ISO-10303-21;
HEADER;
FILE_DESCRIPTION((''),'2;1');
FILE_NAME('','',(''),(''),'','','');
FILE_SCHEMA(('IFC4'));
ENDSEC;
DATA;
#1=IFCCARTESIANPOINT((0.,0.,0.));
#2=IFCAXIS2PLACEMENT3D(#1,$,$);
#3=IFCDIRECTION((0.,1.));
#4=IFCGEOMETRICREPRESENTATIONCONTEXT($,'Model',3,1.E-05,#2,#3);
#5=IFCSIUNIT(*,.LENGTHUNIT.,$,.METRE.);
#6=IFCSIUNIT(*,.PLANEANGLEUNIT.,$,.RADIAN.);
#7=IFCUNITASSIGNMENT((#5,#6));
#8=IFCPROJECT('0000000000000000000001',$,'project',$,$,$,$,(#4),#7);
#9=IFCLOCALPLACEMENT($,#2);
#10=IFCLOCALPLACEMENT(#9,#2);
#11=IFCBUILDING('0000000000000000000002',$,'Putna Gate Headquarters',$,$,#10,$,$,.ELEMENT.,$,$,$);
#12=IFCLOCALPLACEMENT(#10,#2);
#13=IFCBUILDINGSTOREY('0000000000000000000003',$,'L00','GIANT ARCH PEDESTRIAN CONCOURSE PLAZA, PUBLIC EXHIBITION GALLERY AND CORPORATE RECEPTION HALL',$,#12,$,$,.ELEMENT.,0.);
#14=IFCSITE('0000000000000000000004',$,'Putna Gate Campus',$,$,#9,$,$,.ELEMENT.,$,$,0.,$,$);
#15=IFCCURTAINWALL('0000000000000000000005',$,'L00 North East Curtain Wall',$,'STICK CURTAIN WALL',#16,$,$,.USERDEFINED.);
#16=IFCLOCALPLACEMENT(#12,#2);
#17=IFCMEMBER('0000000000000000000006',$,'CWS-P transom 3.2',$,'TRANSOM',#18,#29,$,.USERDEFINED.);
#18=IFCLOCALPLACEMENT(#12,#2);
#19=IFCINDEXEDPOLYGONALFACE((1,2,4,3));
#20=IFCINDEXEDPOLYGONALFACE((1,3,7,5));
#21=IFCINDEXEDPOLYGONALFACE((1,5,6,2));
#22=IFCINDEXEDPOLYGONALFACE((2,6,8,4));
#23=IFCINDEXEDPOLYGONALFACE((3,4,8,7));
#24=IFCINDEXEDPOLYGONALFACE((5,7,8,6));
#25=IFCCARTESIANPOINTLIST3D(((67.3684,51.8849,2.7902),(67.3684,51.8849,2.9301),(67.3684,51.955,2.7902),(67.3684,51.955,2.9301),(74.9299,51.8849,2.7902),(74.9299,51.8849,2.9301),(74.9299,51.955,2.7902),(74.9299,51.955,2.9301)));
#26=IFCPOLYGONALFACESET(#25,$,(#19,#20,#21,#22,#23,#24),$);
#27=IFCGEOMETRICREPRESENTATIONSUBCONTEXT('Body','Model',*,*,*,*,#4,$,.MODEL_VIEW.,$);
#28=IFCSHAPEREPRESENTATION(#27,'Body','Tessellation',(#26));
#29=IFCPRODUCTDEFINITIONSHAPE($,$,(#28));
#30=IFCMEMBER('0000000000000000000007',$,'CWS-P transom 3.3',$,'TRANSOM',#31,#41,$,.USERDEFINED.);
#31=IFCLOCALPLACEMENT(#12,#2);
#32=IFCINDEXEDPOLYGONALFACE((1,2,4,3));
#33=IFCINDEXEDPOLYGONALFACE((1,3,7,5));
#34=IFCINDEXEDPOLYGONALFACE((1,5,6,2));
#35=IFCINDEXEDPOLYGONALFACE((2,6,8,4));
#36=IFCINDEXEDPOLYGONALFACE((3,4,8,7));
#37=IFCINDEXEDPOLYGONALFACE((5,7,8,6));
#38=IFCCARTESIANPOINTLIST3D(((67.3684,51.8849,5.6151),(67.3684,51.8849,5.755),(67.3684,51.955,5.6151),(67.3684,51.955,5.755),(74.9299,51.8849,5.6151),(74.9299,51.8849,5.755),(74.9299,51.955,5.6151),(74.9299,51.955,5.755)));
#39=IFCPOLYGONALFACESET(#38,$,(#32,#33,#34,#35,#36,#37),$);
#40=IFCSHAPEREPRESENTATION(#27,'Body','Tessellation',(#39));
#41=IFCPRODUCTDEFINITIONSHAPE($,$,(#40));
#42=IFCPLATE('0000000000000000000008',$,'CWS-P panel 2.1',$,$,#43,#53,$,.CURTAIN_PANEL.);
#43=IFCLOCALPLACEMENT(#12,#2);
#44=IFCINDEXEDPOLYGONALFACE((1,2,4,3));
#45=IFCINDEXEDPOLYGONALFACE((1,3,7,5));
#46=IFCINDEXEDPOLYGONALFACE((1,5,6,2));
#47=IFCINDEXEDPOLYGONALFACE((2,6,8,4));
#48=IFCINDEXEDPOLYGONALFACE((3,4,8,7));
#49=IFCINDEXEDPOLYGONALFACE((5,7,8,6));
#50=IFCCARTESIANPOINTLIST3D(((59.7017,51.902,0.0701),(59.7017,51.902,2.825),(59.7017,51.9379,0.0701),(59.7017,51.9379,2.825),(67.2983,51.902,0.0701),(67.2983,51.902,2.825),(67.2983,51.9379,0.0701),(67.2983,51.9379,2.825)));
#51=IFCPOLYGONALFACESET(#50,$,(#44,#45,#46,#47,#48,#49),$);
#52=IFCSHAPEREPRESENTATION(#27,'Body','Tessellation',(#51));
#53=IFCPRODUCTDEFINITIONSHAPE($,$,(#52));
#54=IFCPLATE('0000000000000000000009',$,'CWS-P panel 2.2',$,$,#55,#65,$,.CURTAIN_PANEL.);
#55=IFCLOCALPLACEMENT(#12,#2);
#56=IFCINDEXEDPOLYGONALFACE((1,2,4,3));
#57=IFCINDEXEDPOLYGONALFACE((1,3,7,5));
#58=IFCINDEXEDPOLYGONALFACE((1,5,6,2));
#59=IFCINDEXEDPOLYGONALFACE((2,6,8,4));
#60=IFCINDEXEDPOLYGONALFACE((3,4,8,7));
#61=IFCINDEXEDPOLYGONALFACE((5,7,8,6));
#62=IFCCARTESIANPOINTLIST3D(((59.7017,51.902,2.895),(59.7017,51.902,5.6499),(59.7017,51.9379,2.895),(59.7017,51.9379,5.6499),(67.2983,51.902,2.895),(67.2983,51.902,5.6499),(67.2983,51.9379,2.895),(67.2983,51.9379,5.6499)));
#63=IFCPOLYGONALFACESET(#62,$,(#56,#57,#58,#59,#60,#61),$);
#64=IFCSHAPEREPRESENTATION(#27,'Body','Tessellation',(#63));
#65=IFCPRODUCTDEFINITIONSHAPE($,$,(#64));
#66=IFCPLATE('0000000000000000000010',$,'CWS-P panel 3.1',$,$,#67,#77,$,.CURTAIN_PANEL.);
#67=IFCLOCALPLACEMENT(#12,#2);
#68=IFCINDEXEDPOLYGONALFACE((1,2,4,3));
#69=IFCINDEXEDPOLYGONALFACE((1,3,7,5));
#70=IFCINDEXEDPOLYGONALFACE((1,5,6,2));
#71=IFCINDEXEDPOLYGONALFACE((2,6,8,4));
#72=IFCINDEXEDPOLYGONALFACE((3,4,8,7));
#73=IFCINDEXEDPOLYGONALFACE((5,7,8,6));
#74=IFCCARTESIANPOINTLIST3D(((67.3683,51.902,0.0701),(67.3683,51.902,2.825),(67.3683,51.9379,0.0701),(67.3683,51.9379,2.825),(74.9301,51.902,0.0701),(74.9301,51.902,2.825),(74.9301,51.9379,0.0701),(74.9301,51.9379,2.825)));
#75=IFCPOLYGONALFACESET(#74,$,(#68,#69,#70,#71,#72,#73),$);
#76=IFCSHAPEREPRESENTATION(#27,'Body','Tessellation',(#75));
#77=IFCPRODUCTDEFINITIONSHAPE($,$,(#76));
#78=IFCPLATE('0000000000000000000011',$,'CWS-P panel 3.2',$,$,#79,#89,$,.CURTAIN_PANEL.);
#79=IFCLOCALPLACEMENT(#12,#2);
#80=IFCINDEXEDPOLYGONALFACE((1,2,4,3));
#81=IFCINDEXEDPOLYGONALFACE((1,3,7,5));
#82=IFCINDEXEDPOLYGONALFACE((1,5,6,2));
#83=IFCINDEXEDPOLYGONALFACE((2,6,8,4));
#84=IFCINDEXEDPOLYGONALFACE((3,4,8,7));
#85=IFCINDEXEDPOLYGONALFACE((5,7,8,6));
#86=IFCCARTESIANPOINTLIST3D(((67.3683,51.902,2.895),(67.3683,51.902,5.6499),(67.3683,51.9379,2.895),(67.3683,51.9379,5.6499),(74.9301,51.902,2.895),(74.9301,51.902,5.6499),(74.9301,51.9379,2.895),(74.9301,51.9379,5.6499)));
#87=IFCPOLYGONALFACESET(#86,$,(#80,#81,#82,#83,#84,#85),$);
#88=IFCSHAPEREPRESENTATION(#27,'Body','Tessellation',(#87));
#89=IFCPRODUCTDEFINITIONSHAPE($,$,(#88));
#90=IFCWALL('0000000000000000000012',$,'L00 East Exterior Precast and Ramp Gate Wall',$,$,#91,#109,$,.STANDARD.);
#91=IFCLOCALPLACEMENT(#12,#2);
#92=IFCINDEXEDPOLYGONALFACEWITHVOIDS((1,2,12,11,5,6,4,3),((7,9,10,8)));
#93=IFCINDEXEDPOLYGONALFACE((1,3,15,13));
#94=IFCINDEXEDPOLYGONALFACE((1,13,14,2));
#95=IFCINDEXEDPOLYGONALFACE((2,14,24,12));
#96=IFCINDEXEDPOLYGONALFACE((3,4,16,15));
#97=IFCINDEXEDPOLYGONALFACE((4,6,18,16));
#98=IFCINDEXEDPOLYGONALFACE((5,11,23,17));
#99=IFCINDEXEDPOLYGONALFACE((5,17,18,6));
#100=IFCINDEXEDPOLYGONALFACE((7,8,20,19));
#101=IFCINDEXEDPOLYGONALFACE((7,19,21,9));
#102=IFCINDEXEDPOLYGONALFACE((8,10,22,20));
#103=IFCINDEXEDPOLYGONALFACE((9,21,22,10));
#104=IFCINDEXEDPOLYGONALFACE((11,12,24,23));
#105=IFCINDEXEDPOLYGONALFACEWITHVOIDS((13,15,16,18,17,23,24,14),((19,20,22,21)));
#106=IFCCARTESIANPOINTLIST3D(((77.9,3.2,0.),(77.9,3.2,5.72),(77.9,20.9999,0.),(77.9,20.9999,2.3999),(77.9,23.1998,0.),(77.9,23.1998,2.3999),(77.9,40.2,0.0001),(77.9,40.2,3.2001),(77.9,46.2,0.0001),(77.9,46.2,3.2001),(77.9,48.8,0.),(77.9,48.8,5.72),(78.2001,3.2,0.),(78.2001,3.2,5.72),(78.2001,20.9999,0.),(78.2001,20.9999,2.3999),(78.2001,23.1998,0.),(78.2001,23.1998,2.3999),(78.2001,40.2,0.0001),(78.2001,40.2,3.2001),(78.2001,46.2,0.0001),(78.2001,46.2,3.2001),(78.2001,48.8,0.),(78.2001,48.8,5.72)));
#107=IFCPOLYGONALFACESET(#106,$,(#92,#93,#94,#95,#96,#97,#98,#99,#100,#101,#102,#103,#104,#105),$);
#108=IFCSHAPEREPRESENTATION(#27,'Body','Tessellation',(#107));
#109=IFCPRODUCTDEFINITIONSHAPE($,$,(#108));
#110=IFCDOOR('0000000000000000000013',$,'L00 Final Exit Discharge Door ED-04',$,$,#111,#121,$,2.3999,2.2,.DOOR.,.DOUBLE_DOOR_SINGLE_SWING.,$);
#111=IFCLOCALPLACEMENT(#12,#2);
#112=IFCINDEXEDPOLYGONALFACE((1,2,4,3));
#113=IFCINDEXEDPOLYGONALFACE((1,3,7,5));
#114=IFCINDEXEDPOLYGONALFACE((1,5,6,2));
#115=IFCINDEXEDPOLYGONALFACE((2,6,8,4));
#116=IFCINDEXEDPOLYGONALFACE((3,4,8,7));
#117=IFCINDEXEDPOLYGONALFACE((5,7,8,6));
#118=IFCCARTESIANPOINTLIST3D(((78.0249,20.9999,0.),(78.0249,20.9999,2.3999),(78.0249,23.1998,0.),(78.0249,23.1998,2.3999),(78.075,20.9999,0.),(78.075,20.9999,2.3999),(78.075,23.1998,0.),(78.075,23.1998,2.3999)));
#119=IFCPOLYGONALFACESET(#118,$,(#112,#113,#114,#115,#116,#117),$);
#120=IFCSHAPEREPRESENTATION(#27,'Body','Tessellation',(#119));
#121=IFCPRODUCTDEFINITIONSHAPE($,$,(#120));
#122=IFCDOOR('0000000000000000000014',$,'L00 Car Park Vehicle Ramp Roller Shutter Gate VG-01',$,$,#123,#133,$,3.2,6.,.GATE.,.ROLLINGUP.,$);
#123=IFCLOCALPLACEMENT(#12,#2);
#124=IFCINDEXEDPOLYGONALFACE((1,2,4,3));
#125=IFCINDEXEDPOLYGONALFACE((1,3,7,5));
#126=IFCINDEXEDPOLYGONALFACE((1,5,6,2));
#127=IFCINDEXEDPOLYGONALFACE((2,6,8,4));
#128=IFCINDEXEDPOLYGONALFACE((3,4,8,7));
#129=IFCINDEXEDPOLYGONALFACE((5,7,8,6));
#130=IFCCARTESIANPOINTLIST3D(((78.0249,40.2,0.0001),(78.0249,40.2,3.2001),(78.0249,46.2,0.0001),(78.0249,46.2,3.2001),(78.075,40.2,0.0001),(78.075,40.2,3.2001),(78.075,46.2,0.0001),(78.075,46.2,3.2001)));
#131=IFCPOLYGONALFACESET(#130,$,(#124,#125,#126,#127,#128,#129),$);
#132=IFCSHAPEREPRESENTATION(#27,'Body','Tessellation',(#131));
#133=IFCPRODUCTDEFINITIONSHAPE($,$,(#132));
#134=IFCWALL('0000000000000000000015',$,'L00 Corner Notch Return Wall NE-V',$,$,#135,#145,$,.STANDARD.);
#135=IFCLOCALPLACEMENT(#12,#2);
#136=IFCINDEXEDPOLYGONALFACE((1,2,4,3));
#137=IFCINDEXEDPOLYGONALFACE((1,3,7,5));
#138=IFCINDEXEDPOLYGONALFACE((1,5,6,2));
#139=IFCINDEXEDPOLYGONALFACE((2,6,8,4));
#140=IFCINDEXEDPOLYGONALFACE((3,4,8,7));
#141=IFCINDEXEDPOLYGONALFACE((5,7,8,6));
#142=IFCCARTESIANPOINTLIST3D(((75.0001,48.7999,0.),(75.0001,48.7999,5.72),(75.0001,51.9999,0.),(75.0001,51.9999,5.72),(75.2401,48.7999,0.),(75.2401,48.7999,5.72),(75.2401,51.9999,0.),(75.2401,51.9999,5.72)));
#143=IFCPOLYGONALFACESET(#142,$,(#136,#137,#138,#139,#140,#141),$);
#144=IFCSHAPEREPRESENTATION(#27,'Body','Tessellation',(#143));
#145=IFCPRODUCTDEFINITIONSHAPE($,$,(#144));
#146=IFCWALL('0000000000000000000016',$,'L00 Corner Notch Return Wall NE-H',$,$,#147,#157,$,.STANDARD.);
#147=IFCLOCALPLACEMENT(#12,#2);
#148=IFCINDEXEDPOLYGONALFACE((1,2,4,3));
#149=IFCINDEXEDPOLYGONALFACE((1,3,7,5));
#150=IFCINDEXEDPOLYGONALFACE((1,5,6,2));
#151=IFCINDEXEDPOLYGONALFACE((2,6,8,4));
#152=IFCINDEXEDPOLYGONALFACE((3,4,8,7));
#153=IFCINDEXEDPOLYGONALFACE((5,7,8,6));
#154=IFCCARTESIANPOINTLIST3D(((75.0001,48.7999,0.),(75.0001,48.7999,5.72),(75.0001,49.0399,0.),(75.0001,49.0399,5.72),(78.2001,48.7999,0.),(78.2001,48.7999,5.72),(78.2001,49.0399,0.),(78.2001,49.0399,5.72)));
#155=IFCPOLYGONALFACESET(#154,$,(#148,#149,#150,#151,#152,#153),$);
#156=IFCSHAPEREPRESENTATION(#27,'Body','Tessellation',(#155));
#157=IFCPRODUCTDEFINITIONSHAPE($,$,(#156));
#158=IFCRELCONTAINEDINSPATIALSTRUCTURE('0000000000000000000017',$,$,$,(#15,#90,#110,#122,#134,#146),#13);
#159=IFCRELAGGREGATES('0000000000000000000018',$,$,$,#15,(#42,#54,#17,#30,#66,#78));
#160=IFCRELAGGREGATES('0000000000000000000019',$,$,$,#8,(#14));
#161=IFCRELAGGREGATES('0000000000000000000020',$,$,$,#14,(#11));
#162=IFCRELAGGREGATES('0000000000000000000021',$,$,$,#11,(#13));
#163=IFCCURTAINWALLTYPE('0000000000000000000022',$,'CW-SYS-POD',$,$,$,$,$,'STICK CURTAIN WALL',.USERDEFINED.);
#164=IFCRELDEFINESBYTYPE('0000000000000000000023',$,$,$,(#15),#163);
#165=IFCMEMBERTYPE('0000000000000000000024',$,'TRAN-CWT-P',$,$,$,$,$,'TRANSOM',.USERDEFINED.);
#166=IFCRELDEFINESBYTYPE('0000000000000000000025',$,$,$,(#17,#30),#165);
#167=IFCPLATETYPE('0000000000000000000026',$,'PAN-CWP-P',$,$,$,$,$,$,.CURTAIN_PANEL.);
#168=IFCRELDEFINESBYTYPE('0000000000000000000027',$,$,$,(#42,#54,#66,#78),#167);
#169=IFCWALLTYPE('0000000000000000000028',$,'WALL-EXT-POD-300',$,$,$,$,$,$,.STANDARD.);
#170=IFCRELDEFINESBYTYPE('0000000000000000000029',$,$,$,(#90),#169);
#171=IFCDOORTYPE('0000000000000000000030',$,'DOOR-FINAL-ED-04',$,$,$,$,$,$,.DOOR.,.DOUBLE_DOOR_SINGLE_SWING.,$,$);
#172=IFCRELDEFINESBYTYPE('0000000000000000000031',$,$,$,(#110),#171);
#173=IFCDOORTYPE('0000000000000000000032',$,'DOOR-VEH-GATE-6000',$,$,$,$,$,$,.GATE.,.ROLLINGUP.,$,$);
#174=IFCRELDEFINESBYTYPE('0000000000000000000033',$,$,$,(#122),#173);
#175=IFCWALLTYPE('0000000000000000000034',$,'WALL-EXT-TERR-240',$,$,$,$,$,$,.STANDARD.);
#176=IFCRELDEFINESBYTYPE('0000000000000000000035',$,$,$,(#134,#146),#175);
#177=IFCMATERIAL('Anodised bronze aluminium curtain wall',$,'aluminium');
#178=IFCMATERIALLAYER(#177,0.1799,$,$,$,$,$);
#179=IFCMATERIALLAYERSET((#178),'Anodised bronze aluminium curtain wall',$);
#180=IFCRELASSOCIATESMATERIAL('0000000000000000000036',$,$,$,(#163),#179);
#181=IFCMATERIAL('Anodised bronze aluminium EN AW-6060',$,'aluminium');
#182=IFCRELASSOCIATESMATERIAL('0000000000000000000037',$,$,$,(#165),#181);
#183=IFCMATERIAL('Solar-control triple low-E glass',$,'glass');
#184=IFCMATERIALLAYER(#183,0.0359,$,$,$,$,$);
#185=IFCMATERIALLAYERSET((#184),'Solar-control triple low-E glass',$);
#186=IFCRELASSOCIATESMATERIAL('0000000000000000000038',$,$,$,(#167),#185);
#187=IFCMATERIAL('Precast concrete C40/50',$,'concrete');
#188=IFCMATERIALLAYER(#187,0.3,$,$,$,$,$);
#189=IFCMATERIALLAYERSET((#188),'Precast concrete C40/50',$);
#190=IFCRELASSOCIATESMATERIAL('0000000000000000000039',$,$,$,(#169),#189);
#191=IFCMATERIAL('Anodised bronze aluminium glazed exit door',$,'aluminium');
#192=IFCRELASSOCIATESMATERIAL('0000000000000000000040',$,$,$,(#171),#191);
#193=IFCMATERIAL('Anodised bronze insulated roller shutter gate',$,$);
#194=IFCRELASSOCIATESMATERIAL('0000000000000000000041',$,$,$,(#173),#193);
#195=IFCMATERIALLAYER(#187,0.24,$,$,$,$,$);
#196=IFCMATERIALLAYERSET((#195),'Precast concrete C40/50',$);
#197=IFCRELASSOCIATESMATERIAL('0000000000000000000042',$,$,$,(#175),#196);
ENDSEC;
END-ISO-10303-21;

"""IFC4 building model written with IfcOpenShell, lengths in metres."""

from ifc_helpers import new_model, si_unit, direction, frame, frame_2d, origin, origin_2d, place, context, subcontext, project, spatial, rectangle, extrude, material, layer, layer_set, material_profile, profile_set, type_object, element, fill, aggregate, save


model = new_model("IFC4")

# Units and contexts
model_context = context("Model", 3, precision=1e-05, world=origin(), true_north=direction((0.0, 1.0)))
body_context = subcontext(model_context, "Body", "Model", "MODEL_VIEW")
ifc_project = project(units=[si_unit("LENGTHUNIT", "METRE"), si_unit("PLANEANGLEUNIT", "RADIAN")], contexts=[model_context])

# Site, building, storey
site_placement = place(None, origin())
site = spatial("IfcSite", under=ifc_project, at=site_placement, Name="Putna Gate Campus", CompositionType="ELEMENT", RefElevation=0.0)
building_placement = place(site_placement, origin())
building = spatial("IfcBuilding", under=site, at=building_placement, Name="Putna Gate Headquarters", CompositionType="ELEMENT")
storey_placement = place(building_placement, origin())
storey = spatial("IfcBuildingStorey", under=building, at=storey_placement, Name="L00", Description="GIANT ARCH PEDESTRIAN CONCOURSE PLAZA, PUBLIC EXHIBITION GALLERY AND CORPORATE RECEPTION HALL", CompositionType="ELEMENT", Elevation=0.0)

# Curtain wall, members, plates
ifc_material_1 = material(Name="Anodised bronze aluminium curtain wall", Category="aluminium")
ifc_layer_1 = layer(ifc_material_1, 0.1799)
ifc_layer_set_1 = layer_set([ifc_layer_1], Name="Anodised bronze aluminium curtain wall")
curtain_wall_type = type_object("IfcCurtainWallType", Name="CW-SYS-POD", ElementType="STICK CURTAIN WALL", PredefinedType="USERDEFINED", material=ifc_layer_set_1)
curtain_wall_placement = place(storey_placement, origin())
curtain_wall = element("IfcCurtainWall", 1, at=curtain_wall_placement, inside=storey, type_object=curtain_wall_type, Name="L00 North East Curtain Wall", ObjectType="STICK CURTAIN WALL", PredefinedType="USERDEFINED")
ifc_material_2 = material(Name="Anodised bronze aluminium EN AW-6060", Category="aluminium")
ifc_material_profile_1 = material_profile(ifc_material_2, rectangle(XDim=0.0701, YDim=0.1399, at=origin_2d()), Name="Anodised bronze aluminium EN AW-6060")
ifc_profile_set_1 = profile_set([ifc_material_profile_1], Name="Anodised bronze aluminium EN AW-6060")
member_type_1 = type_object("IfcMemberType", Name="TRAN-CWT-P", ElementType="TRANSOM", PredefinedType="USERDEFINED", material=ifc_profile_set_1)
member_1_placement = place(storey_placement, frame((67.3684, 51.9199, 2.8601), z_axis=(1.0, 0.0, 0.0), x_axis=(0.0, 1.0, 0.0)))
member_1 = element("IfcMember", 2, at=member_1_placement, type_object=member_type_1, Name="CWS-P transom 3.2", ObjectType="TRANSOM", PredefinedType="USERDEFINED", context=body_context, shape_type="SweptSolid", body=[
    extrude(rectangle(XDim=0.0701, YDim=0.1399, at=origin_2d()), origin(), (0.0, 0.0, 1.0), 7.5615),
])
member_2_placement = place(storey_placement, frame((67.3684, 51.9199, 5.6851), z_axis=(1.0, 0.0, 0.0), x_axis=(0.0, 1.0, 0.0)))
member_2 = element("IfcMember", 3, at=member_2_placement, type_object=member_type_1, Name="CWS-P transom 3.3", ObjectType="TRANSOM", PredefinedType="USERDEFINED", context=body_context, shape_type="SweptSolid", body=[
    extrude(rectangle(XDim=0.0701, YDim=0.1399, at=origin_2d()), origin(), (0.0, 0.0, 1.0), 7.5615),
])
ifc_material_3 = material(Name="Solar-control triple low-E glass", Category="glass")
ifc_layer_2 = layer(ifc_material_3, 0.0359)
ifc_layer_set_2 = layer_set([ifc_layer_2], Name="Solar-control triple low-E glass")
plate_type = type_object("IfcPlateType", Name="PAN-CWP-P", PredefinedType="CURTAIN_PANEL", material=ifc_layer_set_2)
plate_1_placement = place(storey_placement, frame((63.5, 51.9199, 0.0701), z_axis=(0.0, 0.0, 1.0), x_axis=(1.0, 0.0, 0.0)))
plate_1 = element("IfcPlate", 4, at=plate_1_placement, type_object=plate_type, Name="CWS-P panel 2.1", PredefinedType="CURTAIN_PANEL", context=body_context, shape_type="SweptSolid", body=[
    extrude(rectangle(XDim=7.5967, YDim=0.0359, at=origin_2d()), origin(), (0.0, 0.0, 1.0), 2.7549),
])
plate_2_placement = place(storey_placement, frame((63.5, 51.9199, 2.895), z_axis=(0.0, 0.0, 1.0), x_axis=(1.0, 0.0, 0.0)))
plate_2 = element("IfcPlate", 5, at=plate_2_placement, type_object=plate_type, Name="CWS-P panel 2.2", PredefinedType="CURTAIN_PANEL", context=body_context, shape_type="SweptSolid", body=[
    extrude(rectangle(XDim=7.5967, YDim=0.0359, at=origin_2d()), origin(), (0.0, 0.0, 1.0), 2.7549),
])
plate_3_placement = place(storey_placement, frame((71.1492, 51.9199, 0.0701), z_axis=(0.0, 0.0, 1.0), x_axis=(1.0, 0.0, 0.0)))
plate_3 = element("IfcPlate", 6, at=plate_3_placement, type_object=plate_type, Name="CWS-P panel 3.1", PredefinedType="CURTAIN_PANEL", context=body_context, shape_type="SweptSolid", body=[
    extrude(rectangle(XDim=7.5618, YDim=0.0359, at=origin_2d()), origin(), (0.0, 0.0, 1.0), 2.7549),
])
plate_4_placement = place(storey_placement, frame((71.1492, 51.9199, 2.895), z_axis=(0.0, 0.0, 1.0), x_axis=(1.0, 0.0, 0.0)))
plate_4 = element("IfcPlate", 7, at=plate_4_placement, type_object=plate_type, Name="CWS-P panel 3.2", PredefinedType="CURTAIN_PANEL", context=body_context, shape_type="SweptSolid", body=[
    extrude(rectangle(XDim=7.5618, YDim=0.0359, at=origin_2d()), origin(), (0.0, 0.0, 1.0), 2.7549),
])
aggregate(curtain_wall, [plate_1, plate_2, member_1, member_2, plate_3, plate_4])

# Wall, openings, doors
ifc_material_4 = material(Name="Precast concrete C40/50", Category="concrete")
ifc_layer_3 = layer(ifc_material_4, 0.3)
ifc_layer_set_3 = layer_set([ifc_layer_3], Name="Precast concrete C40/50")
wall_type_1 = type_object("IfcWallType", Name="WALL-EXT-POD-300", PredefinedType="STANDARD", material=ifc_layer_set_3)
wall_placement = place(storey_placement, frame((78.05, 48.8, 0.0), z_axis=(0.0, 0.0, 1.0), x_axis=(0.0, -1.0, 0.0)))
wall = element("IfcWall", 8, at=wall_placement, inside=storey, type_object=wall_type_1, Name="L00 East Exterior Precast and Ramp Gate Wall", PredefinedType="STANDARD", context=body_context, shape_type="SweptSolid", body=[
    extrude(rectangle(XDim=45.6001, YDim=0.3, at=frame_2d((22.8, 0.0))), origin(), (0.0, 0.0, 1.0), 5.72),
])
opening_1_placement = place(wall_placement, frame((2.6001, 0.0, 0.0)))
opening_1 = element("IfcOpeningElement", 9, at=opening_1_placement, cuts=wall, PredefinedType="OPENING", context=body_context, shape_type="SweptSolid", body=[
    extrude(rectangle(XDim=6.0, YDim=3.2, at=frame_2d((3.0, 1.6001))), frame((0.0, 0.1599, 0.0), z_axis=(0.0, -1.0, 0.0), x_axis=(1.0, 0.0, 0.0)), (0.0, 0.0, 1.0), 0.3201),
])
opening_2_placement = place(wall_placement, frame((25.6001, 0.0, 0.0)))
opening_2 = element("IfcOpeningElement", 10, at=opening_2_placement, cuts=wall, PredefinedType="OPENING", context=body_context, shape_type="SweptSolid", body=[
    extrude(rectangle(XDim=2.2, YDim=2.3999, at=frame_2d((1.1001, 1.2))), frame((0.0, 0.1599, 0.0), z_axis=(0.0, -1.0, 0.0), x_axis=(1.0, 0.0, 0.0)), (0.0, 0.0, 1.0), 0.3201),
])
ifc_material_5 = material(Name="Anodised bronze aluminium glazed exit door", Category="aluminium")
door_type_1 = type_object("IfcDoorType", Name="DOOR-FINAL-ED-04", OperationType="DOUBLE_DOOR_SINGLE_SWING", PredefinedType="DOOR", material=ifc_material_5)
door_1_placement = place(opening_2_placement, origin())
door_1 = element("IfcDoor", 11, at=door_1_placement, inside=storey, type_object=door_type_1, Name="L00 Final Exit Discharge Door ED-04", OperationType="DOUBLE_DOOR_SINGLE_SWING", OverallHeight=2.3999, OverallWidth=2.2, PredefinedType="DOOR", context=body_context, shape_type="SweptSolid", body=[
    extrude(rectangle(XDim=2.2, YDim=2.3999, at=frame_2d((1.1001, 1.2))), frame((0.0, 0.0249, 0.0), z_axis=(0.0, -1.0, 0.0), x_axis=(1.0, 0.0, 0.0)), (0.0, 0.0, 1.0), 0.05),
])
fill(opening_2, door_1)
ifc_material_6 = material(Name="Anodised bronze insulated roller shutter gate")
door_type_2 = type_object("IfcDoorType", Name="DOOR-VEH-GATE-6000", OperationType="ROLLINGUP", PredefinedType="GATE", material=ifc_material_6)
door_2_placement = place(opening_1_placement, origin())
door_2 = element("IfcDoor", 12, at=door_2_placement, inside=storey, type_object=door_type_2, Name="L00 Car Park Vehicle Ramp Roller Shutter Gate VG-01", OperationType="ROLLINGUP", OverallHeight=3.2, OverallWidth=6.0, PredefinedType="GATE", context=body_context, shape_type="SweptSolid", body=[
    extrude(rectangle(XDim=6.0, YDim=3.2, at=frame_2d((3.0, 1.6001))), frame((0.0, 0.0249, 0.0), z_axis=(0.0, -1.0, 0.0), x_axis=(1.0, 0.0, 0.0)), (0.0, 0.0, 1.0), 0.05),
])
fill(opening_1, door_2)

# Walls
ifc_layer_4 = layer(ifc_material_4, 0.24)
ifc_layer_set_4 = layer_set([ifc_layer_4], Name="Precast concrete C40/50")
wall_type_2 = type_object("IfcWallType", Name="WALL-EXT-TERR-240", PredefinedType="STANDARD", material=ifc_layer_set_4)
for number, where, z_axis, x_axis, name in (
    (13, (75.1201, 52.0, 0.0), (0.0, 0.0, 1.0), (0.0, -1.0, 0.0), "L00 Corner Notch Return Wall NE-V"),
    (14, (75.0, 48.9199, 0.0), (0.0, 0.0, 1.0), (1.0, 0.0, 0.0), "L00 Corner Notch Return Wall NE-H"),
):
    element("IfcWall", number, at=place(storey_placement, frame(where, z_axis=z_axis, x_axis=x_axis)), inside=storey, type_object=wall_type_2, Name=name, PredefinedType="STANDARD", context=body_context, shape_type="SweptSolid", body=[
        extrude(rectangle(XDim=3.2, YDim=0.24, at=frame_2d((1.6001, 0.0))), origin(), (0.0, 0.0, 1.0), 5.72),
    ])

save(model, "model.ifc")
